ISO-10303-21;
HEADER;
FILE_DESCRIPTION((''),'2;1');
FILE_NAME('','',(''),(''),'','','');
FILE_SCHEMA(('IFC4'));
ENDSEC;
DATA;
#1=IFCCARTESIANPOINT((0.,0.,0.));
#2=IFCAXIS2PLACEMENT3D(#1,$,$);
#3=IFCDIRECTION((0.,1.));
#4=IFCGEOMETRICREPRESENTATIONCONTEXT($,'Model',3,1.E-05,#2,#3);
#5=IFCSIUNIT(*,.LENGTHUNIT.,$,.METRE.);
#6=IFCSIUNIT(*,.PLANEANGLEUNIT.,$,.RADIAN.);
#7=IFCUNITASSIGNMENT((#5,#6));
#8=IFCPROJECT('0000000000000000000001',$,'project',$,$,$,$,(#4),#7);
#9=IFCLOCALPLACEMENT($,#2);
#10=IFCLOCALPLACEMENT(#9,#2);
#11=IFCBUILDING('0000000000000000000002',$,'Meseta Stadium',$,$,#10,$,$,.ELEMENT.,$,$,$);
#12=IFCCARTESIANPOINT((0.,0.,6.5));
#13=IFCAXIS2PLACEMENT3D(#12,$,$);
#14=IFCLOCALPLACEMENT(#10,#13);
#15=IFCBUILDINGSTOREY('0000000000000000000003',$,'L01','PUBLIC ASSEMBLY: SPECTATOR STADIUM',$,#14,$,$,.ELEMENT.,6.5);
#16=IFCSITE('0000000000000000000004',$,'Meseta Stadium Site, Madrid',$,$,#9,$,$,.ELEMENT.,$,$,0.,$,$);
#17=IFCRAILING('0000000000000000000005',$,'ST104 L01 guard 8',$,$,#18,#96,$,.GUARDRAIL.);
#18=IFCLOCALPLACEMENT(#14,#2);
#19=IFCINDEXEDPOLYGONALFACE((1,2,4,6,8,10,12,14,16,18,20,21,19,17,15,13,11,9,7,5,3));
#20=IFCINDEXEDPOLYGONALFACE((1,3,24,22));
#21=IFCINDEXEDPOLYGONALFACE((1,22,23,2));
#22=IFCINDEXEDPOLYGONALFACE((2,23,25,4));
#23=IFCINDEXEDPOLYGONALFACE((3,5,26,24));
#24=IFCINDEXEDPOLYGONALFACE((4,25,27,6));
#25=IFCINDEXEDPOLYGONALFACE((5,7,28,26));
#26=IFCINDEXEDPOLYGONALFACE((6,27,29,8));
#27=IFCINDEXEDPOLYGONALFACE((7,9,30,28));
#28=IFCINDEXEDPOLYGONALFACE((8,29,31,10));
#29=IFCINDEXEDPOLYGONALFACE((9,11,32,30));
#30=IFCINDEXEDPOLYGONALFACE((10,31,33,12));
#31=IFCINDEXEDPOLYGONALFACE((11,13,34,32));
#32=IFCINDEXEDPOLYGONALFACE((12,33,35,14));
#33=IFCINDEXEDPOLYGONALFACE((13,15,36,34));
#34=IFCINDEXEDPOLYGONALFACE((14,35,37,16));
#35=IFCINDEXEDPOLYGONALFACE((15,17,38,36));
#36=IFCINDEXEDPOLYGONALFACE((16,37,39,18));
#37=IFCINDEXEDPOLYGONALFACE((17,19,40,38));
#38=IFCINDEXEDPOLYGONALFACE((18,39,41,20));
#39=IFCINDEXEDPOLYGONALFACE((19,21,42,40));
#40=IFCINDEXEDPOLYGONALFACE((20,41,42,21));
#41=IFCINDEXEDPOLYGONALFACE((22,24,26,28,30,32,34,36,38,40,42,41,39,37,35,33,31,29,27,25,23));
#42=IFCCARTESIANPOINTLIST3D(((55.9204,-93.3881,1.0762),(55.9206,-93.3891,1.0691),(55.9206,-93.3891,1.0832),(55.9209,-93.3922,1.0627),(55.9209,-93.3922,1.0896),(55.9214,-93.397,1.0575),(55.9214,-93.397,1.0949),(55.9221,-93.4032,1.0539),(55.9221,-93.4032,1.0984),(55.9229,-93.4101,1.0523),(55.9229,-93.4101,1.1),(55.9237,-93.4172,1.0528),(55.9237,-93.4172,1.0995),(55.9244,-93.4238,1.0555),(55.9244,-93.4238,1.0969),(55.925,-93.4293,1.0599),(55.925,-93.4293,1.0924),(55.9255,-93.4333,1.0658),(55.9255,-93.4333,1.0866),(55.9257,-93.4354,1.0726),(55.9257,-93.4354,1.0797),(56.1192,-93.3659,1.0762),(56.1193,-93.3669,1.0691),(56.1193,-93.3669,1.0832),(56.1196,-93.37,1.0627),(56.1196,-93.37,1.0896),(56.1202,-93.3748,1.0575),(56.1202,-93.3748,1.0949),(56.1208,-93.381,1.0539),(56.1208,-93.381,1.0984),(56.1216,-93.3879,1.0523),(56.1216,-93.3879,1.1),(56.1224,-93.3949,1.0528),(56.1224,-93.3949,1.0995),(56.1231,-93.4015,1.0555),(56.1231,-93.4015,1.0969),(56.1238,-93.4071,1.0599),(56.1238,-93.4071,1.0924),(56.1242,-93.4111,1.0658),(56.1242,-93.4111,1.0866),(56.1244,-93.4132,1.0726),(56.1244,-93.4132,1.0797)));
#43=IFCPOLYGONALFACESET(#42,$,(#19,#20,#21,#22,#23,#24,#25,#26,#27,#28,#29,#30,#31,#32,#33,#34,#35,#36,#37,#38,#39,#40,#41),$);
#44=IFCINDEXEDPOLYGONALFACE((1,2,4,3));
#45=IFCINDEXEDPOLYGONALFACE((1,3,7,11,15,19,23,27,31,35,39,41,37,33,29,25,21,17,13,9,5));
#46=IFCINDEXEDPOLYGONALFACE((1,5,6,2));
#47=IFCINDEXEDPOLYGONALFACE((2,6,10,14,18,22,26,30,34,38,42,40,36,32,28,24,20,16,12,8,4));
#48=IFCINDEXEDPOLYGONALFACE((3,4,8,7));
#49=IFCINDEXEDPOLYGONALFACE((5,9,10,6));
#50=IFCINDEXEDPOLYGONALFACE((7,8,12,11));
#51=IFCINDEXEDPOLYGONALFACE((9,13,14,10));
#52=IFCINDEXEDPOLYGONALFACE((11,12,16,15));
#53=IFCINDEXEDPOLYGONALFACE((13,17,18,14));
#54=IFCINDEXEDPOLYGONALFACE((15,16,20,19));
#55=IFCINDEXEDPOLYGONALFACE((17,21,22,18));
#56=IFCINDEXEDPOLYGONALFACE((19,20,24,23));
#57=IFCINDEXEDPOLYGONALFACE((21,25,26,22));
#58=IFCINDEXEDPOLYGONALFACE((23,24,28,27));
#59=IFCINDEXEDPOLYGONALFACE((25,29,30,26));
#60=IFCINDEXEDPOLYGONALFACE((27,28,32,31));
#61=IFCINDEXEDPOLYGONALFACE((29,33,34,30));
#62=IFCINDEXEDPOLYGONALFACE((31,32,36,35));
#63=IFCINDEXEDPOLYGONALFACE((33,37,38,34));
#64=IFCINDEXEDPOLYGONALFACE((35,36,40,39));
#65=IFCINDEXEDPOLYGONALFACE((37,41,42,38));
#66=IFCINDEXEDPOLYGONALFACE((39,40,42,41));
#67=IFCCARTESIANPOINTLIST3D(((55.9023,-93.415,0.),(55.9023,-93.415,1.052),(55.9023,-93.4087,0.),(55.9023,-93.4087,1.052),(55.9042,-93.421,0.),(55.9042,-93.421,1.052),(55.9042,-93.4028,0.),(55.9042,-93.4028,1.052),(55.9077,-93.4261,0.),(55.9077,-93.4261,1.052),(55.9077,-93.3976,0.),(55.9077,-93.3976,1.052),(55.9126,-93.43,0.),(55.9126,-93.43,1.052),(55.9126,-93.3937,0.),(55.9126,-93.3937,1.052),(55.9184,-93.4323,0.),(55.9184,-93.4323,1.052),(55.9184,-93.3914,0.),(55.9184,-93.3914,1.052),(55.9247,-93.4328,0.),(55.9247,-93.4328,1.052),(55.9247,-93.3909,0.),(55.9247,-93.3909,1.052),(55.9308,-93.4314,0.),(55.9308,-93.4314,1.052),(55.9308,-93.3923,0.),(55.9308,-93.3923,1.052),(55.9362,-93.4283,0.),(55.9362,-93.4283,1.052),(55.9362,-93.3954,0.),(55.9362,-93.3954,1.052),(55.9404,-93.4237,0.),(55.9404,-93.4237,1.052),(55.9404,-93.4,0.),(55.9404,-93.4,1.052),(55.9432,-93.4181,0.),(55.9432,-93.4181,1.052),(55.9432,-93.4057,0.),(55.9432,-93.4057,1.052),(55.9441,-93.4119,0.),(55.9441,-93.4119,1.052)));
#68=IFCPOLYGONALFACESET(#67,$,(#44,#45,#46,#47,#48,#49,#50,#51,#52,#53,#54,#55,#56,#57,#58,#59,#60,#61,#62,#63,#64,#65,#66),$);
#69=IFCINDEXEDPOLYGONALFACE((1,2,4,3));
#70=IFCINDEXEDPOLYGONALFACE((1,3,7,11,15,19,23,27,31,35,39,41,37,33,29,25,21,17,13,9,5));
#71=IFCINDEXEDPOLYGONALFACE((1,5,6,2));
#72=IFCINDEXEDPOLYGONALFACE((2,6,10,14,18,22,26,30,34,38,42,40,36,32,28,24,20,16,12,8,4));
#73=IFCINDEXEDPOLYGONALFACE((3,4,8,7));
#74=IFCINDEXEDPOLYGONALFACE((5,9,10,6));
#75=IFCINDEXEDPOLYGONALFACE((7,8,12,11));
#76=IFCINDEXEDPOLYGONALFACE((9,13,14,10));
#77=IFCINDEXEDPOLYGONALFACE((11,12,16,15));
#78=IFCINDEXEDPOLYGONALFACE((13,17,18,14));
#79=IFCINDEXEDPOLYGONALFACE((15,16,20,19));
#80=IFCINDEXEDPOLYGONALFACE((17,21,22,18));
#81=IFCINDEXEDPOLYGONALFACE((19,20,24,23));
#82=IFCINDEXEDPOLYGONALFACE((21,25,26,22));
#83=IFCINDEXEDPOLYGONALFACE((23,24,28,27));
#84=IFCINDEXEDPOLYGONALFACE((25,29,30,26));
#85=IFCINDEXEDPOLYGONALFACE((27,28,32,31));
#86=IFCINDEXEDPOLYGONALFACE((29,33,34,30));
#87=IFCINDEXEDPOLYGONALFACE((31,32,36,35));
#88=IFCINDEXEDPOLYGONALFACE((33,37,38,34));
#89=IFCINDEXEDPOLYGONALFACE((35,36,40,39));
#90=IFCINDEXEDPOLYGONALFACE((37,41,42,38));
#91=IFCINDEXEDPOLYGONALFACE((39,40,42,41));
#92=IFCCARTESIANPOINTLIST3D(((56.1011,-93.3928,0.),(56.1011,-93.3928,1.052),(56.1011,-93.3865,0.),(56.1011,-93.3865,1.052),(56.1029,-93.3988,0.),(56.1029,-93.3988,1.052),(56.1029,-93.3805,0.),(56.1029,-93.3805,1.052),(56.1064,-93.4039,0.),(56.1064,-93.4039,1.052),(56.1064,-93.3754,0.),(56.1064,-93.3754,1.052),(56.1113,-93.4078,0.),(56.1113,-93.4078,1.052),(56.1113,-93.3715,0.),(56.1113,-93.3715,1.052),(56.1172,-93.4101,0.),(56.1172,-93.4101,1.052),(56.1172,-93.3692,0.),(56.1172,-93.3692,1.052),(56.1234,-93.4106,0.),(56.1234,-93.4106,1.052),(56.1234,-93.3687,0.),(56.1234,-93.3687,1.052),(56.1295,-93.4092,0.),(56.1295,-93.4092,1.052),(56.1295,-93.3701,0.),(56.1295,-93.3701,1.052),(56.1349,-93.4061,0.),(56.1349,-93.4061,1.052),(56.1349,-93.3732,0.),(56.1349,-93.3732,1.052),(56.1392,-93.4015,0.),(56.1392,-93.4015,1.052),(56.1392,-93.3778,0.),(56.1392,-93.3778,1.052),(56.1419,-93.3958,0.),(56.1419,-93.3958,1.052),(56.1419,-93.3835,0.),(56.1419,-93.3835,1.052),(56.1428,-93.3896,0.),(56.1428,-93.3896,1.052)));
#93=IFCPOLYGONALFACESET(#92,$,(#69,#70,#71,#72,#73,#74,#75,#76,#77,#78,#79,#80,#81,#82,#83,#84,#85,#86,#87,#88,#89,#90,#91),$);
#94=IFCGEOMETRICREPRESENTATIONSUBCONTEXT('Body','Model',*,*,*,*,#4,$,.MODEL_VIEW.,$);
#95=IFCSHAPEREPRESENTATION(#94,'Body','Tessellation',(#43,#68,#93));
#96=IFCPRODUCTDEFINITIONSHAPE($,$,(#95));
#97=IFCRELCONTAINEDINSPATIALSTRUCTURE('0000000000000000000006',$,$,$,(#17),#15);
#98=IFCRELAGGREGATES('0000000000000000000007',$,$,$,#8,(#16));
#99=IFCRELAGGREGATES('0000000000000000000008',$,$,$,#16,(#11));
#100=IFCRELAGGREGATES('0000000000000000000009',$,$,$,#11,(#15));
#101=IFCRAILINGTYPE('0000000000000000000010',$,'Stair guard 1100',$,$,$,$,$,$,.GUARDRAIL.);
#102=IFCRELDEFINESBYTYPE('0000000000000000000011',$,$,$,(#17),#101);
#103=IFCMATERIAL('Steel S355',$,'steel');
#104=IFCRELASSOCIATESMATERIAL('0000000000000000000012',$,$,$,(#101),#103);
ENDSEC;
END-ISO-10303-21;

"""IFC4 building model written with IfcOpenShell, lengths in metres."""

from ifc_helpers import new_model, si_unit, direction, frame, origin, origin_2d, place, context, subcontext, project, spatial, circle, extrude, material, type_object, element, save


model = new_model("IFC4")

# Units and contexts
model_context = context("Model", 3, precision=1e-05, world=origin(), true_north=direction((0.0, 1.0)))
body_context = subcontext(model_context, "Body", "Model", "MODEL_VIEW")
ifc_project = project(units=[si_unit("LENGTHUNIT", "METRE"), si_unit("PLANEANGLEUNIT", "RADIAN")], contexts=[model_context])

# Site, building, storey
site_placement = place(None, origin())
site = spatial("IfcSite", under=ifc_project, at=site_placement, Name="Meseta Stadium Site, Madrid", CompositionType="ELEMENT", RefElevation=0.0)
building_placement = place(site_placement, origin())
building = spatial("IfcBuilding", under=site, at=building_placement, Name="Meseta Stadium", CompositionType="ELEMENT")
storey_placement = place(building_placement, frame((0.0, 0.0, 6.5)))
storey = spatial("IfcBuildingStorey", under=building, at=storey_placement, Name="L01", Description="PUBLIC ASSEMBLY: SPECTATOR STADIUM", CompositionType="ELEMENT", Elevation=6.5)

# Railing
ifc_material_1 = material(Name="Steel S355", Category="steel")
railing_type_1 = type_object("IfcRailingType", Name="Stair guard 1100", PredefinedType="GUARDRAIL", material=ifc_material_1)
railing_1_placement = place(storey_placement, frame((55.9231, -93.4119, 0.0)))
element("IfcRailing", 1, at=railing_1_placement, inside=storey, type_object=railing_type_1, Name="ST104 L01 guard 8", PredefinedType="GUARDRAIL", context=body_context, shape_type="SweptSolid", body=[
    extrude(circle(Radius=0.0239, at=origin_2d()), frame((0.0, 0.0, 1.0762), z_axis=(0.993809, 0.111102, 0.0), x_axis=(-0.111102, 0.993809, 0.0)), (0.0, 0.0, 1.0), 0.2),
    extrude(circle(Radius=0.021, at=origin_2d()), origin(), (0.0, 0.0, 1.0), 1.052),
    extrude(circle(Radius=0.021, at=origin_2d()), frame((0.1987, 0.0222, 0.0)), (0.0, 0.0, 1.0), 1.052),
])

save(model, "model.ifc")
